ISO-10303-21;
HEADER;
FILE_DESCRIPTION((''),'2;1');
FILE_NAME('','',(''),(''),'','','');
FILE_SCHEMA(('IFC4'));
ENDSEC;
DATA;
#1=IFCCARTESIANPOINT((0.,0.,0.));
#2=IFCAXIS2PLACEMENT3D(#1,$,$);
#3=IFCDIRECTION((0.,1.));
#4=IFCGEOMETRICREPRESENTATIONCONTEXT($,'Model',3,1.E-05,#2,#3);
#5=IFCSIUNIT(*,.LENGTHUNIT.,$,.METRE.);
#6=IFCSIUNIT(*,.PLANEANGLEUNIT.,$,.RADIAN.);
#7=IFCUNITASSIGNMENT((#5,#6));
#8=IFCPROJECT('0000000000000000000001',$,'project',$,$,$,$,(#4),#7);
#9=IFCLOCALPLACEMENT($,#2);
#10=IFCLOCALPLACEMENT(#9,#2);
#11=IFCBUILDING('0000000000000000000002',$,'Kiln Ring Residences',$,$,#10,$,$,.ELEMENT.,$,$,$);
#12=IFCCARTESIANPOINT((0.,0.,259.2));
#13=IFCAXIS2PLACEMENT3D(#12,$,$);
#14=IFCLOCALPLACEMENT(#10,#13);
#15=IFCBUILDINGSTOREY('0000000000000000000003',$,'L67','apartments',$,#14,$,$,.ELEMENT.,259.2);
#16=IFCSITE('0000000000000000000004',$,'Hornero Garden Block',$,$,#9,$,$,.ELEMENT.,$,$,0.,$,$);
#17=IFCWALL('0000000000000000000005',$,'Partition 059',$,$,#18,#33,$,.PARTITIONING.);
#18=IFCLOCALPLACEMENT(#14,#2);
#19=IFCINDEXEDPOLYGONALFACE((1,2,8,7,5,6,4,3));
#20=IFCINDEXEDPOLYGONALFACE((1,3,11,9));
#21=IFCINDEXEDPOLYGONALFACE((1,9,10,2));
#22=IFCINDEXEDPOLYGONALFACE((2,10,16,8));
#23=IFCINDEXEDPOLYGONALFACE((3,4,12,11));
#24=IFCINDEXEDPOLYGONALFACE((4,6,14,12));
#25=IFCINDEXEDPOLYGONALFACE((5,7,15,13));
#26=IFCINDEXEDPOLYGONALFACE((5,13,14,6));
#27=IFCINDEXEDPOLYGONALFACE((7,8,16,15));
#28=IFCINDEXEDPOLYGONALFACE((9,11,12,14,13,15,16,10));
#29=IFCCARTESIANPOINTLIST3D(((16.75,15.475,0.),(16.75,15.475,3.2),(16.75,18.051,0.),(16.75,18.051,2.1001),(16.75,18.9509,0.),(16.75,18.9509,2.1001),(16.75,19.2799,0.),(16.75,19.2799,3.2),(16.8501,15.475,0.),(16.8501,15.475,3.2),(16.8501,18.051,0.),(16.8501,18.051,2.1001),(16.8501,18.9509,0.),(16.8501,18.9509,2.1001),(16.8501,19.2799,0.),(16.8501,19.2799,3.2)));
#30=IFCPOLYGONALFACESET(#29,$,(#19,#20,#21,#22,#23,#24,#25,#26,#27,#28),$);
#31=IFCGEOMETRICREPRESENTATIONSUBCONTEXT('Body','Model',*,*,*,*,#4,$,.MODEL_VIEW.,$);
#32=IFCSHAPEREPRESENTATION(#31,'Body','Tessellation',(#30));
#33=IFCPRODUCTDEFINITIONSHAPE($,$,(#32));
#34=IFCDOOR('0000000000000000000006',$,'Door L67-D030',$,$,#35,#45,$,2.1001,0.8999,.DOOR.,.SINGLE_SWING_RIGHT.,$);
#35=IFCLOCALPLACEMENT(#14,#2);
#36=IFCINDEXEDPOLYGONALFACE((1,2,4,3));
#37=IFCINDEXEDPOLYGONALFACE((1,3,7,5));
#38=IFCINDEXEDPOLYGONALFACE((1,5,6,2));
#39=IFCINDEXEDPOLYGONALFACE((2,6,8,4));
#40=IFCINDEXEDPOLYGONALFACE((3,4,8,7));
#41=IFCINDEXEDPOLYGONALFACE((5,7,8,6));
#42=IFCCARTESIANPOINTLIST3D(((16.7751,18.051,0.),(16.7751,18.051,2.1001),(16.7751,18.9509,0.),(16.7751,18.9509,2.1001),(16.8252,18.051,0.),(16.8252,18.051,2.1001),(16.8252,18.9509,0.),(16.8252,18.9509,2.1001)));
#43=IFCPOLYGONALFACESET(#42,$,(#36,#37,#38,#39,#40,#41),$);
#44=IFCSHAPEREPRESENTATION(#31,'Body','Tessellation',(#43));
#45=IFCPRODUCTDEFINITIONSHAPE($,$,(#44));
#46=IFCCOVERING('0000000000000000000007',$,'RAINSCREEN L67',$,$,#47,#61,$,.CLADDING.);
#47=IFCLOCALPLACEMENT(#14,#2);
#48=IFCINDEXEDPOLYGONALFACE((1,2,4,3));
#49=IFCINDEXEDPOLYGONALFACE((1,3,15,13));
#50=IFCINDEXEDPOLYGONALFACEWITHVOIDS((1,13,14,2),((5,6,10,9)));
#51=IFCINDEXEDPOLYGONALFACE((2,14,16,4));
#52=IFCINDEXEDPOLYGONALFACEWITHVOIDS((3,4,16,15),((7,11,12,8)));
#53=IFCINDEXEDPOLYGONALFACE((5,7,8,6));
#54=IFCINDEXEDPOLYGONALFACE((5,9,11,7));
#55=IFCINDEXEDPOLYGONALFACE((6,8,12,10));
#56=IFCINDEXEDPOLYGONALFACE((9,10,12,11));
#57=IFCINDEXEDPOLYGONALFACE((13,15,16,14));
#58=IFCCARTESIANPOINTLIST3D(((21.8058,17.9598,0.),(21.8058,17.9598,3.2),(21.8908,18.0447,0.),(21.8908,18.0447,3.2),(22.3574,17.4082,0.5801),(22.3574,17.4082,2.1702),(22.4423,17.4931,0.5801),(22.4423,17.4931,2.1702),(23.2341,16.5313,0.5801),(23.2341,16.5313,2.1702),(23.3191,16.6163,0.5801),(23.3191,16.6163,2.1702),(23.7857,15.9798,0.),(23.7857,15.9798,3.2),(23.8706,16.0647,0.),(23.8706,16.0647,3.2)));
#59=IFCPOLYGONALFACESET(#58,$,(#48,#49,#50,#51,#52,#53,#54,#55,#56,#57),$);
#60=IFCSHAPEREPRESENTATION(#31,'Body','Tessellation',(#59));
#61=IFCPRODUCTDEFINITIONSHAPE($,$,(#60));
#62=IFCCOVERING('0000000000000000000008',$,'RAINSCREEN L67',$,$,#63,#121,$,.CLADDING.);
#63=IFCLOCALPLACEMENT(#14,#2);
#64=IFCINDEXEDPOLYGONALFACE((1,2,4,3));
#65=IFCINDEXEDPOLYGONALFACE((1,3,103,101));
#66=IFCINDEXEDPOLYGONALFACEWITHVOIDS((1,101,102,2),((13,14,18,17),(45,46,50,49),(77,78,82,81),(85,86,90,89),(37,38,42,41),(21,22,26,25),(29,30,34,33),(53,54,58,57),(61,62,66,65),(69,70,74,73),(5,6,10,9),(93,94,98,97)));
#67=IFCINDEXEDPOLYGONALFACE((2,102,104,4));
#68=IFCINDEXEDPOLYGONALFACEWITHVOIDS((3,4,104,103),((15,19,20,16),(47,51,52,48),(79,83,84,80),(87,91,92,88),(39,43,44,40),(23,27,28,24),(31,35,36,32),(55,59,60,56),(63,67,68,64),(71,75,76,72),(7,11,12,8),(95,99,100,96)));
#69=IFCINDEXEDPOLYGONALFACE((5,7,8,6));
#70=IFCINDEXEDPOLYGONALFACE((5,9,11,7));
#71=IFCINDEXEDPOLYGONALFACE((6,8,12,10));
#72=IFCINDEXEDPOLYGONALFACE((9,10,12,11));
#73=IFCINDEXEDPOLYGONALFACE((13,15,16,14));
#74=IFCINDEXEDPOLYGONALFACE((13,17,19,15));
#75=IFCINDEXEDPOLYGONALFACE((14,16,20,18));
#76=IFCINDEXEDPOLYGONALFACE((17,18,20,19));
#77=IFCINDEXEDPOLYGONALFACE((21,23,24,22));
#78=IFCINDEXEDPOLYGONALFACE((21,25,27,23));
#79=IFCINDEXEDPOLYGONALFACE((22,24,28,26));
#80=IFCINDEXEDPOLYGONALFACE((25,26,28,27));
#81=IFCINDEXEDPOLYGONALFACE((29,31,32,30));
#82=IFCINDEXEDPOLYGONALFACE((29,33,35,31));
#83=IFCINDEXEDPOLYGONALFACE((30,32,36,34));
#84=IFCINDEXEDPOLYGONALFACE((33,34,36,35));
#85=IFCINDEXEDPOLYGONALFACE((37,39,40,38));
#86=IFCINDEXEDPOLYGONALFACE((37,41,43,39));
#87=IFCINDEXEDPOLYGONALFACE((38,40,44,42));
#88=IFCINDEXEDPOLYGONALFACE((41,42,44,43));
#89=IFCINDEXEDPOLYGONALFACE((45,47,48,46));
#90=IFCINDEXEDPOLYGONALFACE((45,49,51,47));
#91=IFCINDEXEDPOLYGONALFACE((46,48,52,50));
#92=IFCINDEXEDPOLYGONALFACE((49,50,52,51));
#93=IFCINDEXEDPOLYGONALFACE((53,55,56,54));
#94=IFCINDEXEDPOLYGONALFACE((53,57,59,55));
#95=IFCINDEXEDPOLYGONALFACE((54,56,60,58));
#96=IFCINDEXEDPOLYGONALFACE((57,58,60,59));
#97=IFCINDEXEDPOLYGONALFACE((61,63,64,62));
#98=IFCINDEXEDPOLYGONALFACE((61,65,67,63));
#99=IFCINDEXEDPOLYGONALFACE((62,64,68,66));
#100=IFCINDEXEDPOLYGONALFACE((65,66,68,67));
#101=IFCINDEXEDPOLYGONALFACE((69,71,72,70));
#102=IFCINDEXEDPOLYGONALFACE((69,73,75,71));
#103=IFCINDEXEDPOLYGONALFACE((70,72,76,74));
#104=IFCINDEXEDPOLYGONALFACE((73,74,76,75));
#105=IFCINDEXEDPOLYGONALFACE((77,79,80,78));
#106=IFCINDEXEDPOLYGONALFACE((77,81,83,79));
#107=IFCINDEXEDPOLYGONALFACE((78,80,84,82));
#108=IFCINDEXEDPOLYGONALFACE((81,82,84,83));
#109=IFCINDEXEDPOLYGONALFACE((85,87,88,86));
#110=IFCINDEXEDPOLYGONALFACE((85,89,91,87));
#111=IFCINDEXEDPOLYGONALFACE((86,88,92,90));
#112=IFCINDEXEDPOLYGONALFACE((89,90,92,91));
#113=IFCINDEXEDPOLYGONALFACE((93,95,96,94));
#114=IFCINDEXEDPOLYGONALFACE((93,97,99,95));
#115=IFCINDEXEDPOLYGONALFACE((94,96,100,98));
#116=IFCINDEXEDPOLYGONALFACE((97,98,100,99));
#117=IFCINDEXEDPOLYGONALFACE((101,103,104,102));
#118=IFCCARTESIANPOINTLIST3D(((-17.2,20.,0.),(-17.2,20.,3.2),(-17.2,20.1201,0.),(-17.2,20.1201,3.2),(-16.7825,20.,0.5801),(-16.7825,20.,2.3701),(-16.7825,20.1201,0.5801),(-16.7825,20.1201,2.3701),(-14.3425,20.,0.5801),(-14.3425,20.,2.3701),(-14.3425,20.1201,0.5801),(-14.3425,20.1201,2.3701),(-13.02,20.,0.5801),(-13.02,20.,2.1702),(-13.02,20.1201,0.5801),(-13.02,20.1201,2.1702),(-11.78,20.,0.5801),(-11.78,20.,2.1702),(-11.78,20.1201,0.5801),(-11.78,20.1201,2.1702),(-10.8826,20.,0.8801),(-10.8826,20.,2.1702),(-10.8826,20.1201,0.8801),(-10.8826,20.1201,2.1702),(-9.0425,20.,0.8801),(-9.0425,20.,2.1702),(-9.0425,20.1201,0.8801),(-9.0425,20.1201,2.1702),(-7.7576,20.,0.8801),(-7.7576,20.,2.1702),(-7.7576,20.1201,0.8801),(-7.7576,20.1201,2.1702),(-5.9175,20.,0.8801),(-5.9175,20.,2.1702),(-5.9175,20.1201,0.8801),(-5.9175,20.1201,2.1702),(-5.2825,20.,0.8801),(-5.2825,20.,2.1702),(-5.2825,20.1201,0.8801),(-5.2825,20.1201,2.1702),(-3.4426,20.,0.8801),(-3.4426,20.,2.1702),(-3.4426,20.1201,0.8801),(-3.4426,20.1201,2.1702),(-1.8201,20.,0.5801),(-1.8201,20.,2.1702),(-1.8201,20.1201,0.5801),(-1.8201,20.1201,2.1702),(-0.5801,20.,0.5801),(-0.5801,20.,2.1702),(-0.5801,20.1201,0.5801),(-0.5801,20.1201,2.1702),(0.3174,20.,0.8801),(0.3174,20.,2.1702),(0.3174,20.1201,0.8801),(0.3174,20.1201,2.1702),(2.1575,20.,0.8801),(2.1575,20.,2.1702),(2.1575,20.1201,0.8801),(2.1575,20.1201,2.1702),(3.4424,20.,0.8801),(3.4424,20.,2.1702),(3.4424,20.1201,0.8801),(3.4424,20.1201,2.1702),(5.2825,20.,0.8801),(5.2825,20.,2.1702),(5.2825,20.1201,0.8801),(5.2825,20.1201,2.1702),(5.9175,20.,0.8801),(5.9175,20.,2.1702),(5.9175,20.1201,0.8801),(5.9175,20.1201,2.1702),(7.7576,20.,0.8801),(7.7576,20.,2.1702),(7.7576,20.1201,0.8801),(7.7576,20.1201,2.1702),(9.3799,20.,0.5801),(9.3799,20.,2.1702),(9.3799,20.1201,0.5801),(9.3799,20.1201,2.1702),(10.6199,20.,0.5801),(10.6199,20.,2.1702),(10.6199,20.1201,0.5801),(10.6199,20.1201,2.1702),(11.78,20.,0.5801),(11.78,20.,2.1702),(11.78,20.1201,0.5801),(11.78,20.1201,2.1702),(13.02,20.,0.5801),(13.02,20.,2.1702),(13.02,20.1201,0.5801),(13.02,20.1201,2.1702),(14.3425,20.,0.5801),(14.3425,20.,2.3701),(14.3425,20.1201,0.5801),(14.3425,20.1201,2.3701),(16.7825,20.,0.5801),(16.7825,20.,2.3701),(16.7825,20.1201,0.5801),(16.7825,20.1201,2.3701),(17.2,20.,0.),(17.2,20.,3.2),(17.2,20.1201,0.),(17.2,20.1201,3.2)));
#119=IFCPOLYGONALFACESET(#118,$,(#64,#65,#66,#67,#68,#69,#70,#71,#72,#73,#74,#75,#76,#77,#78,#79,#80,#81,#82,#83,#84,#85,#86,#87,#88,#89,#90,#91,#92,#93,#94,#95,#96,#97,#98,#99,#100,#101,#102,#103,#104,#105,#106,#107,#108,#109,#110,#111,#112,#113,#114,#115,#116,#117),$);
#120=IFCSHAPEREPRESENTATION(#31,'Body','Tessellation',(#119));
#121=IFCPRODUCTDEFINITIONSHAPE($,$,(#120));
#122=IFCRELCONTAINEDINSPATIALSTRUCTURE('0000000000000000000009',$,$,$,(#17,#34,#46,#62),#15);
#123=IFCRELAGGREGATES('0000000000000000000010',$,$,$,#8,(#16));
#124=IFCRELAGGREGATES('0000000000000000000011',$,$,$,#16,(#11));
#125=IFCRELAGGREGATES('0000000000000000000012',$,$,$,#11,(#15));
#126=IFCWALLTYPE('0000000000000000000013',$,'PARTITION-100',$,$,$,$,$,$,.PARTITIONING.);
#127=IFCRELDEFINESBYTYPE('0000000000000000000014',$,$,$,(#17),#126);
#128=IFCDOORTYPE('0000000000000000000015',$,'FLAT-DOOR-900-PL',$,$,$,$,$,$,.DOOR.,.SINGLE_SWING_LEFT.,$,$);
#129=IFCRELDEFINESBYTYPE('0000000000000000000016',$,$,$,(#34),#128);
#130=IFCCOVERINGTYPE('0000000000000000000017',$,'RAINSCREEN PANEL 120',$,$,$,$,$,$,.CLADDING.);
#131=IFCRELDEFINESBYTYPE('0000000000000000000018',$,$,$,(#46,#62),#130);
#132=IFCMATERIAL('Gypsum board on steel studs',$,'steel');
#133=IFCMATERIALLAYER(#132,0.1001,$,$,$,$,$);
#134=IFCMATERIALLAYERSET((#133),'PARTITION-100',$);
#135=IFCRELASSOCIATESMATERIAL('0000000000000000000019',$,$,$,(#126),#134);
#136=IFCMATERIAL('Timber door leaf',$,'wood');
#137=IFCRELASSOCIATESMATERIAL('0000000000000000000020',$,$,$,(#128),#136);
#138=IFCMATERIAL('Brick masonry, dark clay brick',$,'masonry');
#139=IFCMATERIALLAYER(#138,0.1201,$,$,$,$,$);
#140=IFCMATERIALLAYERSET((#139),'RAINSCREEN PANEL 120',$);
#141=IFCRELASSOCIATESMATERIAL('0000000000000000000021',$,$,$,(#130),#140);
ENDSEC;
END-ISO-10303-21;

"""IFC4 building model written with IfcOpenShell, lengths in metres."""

from ifc_helpers import new_model, si_unit, direction, frame, frame_2d, origin, place, context, subcontext, project, spatial, polyline, rectangle, outline, extrude, material, layer, layer_set, type_object, element, fill, save


model = new_model("IFC4")

# Units and contexts
model_context = context("Model", 3, precision=1e-05, world=origin(), true_north=direction((0.0, 1.0)))
body_context = subcontext(model_context, "Body", "Model", "MODEL_VIEW")
ifc_project = project(units=[si_unit("LENGTHUNIT", "METRE"), si_unit("PLANEANGLEUNIT", "RADIAN")], contexts=[model_context])

# Site, building, storey
site_placement = place(None, origin())
site = spatial("IfcSite", under=ifc_project, at=site_placement, Name="Hornero Garden Block", CompositionType="ELEMENT", RefElevation=0.0)
building_placement = place(site_placement, origin())
building = spatial("IfcBuilding", under=site, at=building_placement, Name="Kiln Ring Residences", CompositionType="ELEMENT")
storey_placement = place(building_placement, frame((0.0, 0.0, 259.2)))
storey = spatial("IfcBuildingStorey", under=building, at=storey_placement, Name="L67", Description="apartments", CompositionType="ELEMENT", Elevation=259.2)

# Wall, opening, door
ifc_material_1 = material(Name="Gypsum board on steel studs", Category="steel")
ifc_layer_1 = layer(ifc_material_1, 0.1001)
ifc_layer_set_1 = layer_set([ifc_layer_1], Name="PARTITION-100")
wall_type_1 = type_object("IfcWallType", Name="PARTITION-100", PredefinedType="PARTITIONING", material=ifc_layer_set_1)
wall_1_placement = place(storey_placement, frame((16.8, 15.4751, 0.0), z_axis=(0.0, 0.0, 1.0), x_axis=(0.0, 1.0, 0.0)))
wall_1 = element("IfcWall", 1, at=wall_1_placement, inside=storey, type_object=wall_type_1, Name="Partition 059", PredefinedType="PARTITIONING", context=body_context, shape_type="SweptSolid", body=[
    extrude(rectangle(XDim=3.8049, YDim=0.1001, at=frame_2d((1.9023, 0.0))), origin(), (0.0, 0.0, 1.0), 3.2),
])
opening_1_placement = place(wall_1_placement, frame((2.5759, 0.0, 0.0)))
opening_1 = element("IfcOpeningElement", 2, at=opening_1_placement, cuts=wall_1, PredefinedType="OPENING", context=body_context, shape_type="SweptSolid", body=[
    extrude(rectangle(XDim=0.8999, YDim=2.1001, at=frame_2d((0.45, 1.05))), frame((0.0, 0.0601, 0.0), z_axis=(0.0, -1.0, 0.0), x_axis=(1.0, 0.0, 0.0)), (0.0, 0.0, 1.0), 0.1201),
])
ifc_material_2 = material(Name="Timber door leaf", Category="wood")
door_type_1 = type_object("IfcDoorType", Name="FLAT-DOOR-900-PL", OperationType="SINGLE_SWING_LEFT", PredefinedType="DOOR", material=ifc_material_2)
door_1_placement = place(opening_1_placement, origin())
door_1 = element("IfcDoor", 3, at=door_1_placement, inside=storey, type_object=door_type_1, Name="Door L67-D030", OperationType="SINGLE_SWING_RIGHT", OverallHeight=2.1001, OverallWidth=0.8999, PredefinedType="DOOR", context=body_context, shape_type="SweptSolid", body=[
    extrude(rectangle(XDim=0.8999, YDim=2.1001, at=frame_2d((0.45, 1.05))), frame((0.0, 0.0249, 0.0), z_axis=(0.0, -1.0, 0.0), x_axis=(1.0, 0.0, 0.0)), (0.0, 0.0, 1.0), 0.05),
])
fill(opening_1, door_1)

# Coverings
ifc_material_3 = material(Name="Brick masonry, dark clay brick", Category="masonry")
ifc_layer_2 = layer(ifc_material_3, 0.1201)
ifc_layer_set_2 = layer_set([ifc_layer_2], Name="RAINSCREEN PANEL 120")
covering_type = type_object("IfcCoveringType", Name="RAINSCREEN PANEL 120", PredefinedType="CLADDING", material=ifc_layer_set_2)
covering_1_placement = place(storey_placement, frame((23.8281, 16.0222, 0.0), z_axis=(0.0, 0.0, 1.0), x_axis=(-0.707063, 0.70715, 0.0)))
element("IfcCovering", 4, at=covering_1_placement, inside=storey, type_object=covering_type, Name="RAINSCREEN L67", PredefinedType="CLADDING", context=body_context, shape_type="SweptSolid", body=[
    extrude(outline(polyline([(0.0, 0.0), (2.8, 0.0), (2.8, 3.2), (0.0, 3.2), (0.0, 0.0)]), holes=[polyline([(0.78, 2.1702), (0.78, 0.5801), (2.02, 0.5801), (2.02, 2.1702), (0.78, 2.1702)])]), frame((0.0, 0.0601, 0.0), z_axis=(0.0, -1.0, 0.0), x_axis=(1.0, 0.0, 0.0)), (0.0, 0.0, 1.0), 0.1201),
])
covering_2_placement = place(storey_placement, frame((17.2, 20.0601, 0.0), z_axis=(0.0, 0.0, 1.0), x_axis=(-1.0, 0.0, 0.0)))
element("IfcCovering", 5, at=covering_2_placement, inside=storey, type_object=covering_type, Name="RAINSCREEN L67", PredefinedType="CLADDING", context=body_context, shape_type="SweptSolid", body=[
    extrude(outline(polyline([(0.0, 0.0), (34.3999, 0.0), (34.3999, 3.2), (0.0, 3.2), (0.0, 0.0)]), holes=[polyline([(4.1799, 0.5801), (5.4199, 0.5801), (5.4199, 2.1702), (4.1799, 2.1702), (4.1799, 0.5801)]), polyline([(6.5801, 2.1702), (6.5801, 0.5801), (7.8201, 0.5801), (7.8201, 2.1702), (6.5801, 2.1702)]), polyline([(0.4175, 2.3701), (0.4175, 0.5801), (2.8574, 0.5801), (2.8574, 2.3701), (0.4175, 2.3701)]), polyline([(9.4424, 0.8801), (11.2825, 0.8801), (11.2825, 2.1702), (9.4424, 2.1702), (9.4424, 0.8801)]), polyline([(11.9175, 2.1702), (11.9175, 0.8801), (13.7576, 0.8801), (13.7576, 2.1702), (11.9175, 2.1702)]), polyline([(15.0425, 2.1702), (15.0425, 0.8801), (16.8826, 0.8801), (16.8826, 2.1702), (15.0425, 2.1702)]), polyline([(17.78, 0.5801), (19.02, 0.5801), (19.02, 2.1702), (17.78, 2.1702), (17.78, 0.5801)]), polyline([(28.98, 2.1702), (28.98, 0.5801), (30.22, 0.5801), (30.22, 2.1702), (28.98, 2.1702)]), polyline([(31.5425, 2.3701), (31.5425, 0.5801), (33.9824, 0.5801), (33.9824, 2.3701), (31.5425, 2.3701)]), polyline([(20.6426, 0.8801), (22.4824, 0.8801), (22.4824, 2.1702), (20.6426, 2.1702), (20.6426, 0.8801)]), polyline([(23.1174, 2.1702), (23.1174, 0.8801), (24.9575, 0.8801), (24.9575, 2.1702), (23.1174, 2.1702)]), polyline([(26.2424, 2.1702), (26.2424, 0.8801), (28.0825, 0.8801), (28.0825, 2.1702), (26.2424, 2.1702)])]), frame((0.0, 0.0601, 0.0), z_axis=(0.0, -1.0, 0.0), x_axis=(1.0, 0.0, 0.0)), (0.0, 0.0, 1.0), 0.1201),
])

save(model, "model.ifc")
